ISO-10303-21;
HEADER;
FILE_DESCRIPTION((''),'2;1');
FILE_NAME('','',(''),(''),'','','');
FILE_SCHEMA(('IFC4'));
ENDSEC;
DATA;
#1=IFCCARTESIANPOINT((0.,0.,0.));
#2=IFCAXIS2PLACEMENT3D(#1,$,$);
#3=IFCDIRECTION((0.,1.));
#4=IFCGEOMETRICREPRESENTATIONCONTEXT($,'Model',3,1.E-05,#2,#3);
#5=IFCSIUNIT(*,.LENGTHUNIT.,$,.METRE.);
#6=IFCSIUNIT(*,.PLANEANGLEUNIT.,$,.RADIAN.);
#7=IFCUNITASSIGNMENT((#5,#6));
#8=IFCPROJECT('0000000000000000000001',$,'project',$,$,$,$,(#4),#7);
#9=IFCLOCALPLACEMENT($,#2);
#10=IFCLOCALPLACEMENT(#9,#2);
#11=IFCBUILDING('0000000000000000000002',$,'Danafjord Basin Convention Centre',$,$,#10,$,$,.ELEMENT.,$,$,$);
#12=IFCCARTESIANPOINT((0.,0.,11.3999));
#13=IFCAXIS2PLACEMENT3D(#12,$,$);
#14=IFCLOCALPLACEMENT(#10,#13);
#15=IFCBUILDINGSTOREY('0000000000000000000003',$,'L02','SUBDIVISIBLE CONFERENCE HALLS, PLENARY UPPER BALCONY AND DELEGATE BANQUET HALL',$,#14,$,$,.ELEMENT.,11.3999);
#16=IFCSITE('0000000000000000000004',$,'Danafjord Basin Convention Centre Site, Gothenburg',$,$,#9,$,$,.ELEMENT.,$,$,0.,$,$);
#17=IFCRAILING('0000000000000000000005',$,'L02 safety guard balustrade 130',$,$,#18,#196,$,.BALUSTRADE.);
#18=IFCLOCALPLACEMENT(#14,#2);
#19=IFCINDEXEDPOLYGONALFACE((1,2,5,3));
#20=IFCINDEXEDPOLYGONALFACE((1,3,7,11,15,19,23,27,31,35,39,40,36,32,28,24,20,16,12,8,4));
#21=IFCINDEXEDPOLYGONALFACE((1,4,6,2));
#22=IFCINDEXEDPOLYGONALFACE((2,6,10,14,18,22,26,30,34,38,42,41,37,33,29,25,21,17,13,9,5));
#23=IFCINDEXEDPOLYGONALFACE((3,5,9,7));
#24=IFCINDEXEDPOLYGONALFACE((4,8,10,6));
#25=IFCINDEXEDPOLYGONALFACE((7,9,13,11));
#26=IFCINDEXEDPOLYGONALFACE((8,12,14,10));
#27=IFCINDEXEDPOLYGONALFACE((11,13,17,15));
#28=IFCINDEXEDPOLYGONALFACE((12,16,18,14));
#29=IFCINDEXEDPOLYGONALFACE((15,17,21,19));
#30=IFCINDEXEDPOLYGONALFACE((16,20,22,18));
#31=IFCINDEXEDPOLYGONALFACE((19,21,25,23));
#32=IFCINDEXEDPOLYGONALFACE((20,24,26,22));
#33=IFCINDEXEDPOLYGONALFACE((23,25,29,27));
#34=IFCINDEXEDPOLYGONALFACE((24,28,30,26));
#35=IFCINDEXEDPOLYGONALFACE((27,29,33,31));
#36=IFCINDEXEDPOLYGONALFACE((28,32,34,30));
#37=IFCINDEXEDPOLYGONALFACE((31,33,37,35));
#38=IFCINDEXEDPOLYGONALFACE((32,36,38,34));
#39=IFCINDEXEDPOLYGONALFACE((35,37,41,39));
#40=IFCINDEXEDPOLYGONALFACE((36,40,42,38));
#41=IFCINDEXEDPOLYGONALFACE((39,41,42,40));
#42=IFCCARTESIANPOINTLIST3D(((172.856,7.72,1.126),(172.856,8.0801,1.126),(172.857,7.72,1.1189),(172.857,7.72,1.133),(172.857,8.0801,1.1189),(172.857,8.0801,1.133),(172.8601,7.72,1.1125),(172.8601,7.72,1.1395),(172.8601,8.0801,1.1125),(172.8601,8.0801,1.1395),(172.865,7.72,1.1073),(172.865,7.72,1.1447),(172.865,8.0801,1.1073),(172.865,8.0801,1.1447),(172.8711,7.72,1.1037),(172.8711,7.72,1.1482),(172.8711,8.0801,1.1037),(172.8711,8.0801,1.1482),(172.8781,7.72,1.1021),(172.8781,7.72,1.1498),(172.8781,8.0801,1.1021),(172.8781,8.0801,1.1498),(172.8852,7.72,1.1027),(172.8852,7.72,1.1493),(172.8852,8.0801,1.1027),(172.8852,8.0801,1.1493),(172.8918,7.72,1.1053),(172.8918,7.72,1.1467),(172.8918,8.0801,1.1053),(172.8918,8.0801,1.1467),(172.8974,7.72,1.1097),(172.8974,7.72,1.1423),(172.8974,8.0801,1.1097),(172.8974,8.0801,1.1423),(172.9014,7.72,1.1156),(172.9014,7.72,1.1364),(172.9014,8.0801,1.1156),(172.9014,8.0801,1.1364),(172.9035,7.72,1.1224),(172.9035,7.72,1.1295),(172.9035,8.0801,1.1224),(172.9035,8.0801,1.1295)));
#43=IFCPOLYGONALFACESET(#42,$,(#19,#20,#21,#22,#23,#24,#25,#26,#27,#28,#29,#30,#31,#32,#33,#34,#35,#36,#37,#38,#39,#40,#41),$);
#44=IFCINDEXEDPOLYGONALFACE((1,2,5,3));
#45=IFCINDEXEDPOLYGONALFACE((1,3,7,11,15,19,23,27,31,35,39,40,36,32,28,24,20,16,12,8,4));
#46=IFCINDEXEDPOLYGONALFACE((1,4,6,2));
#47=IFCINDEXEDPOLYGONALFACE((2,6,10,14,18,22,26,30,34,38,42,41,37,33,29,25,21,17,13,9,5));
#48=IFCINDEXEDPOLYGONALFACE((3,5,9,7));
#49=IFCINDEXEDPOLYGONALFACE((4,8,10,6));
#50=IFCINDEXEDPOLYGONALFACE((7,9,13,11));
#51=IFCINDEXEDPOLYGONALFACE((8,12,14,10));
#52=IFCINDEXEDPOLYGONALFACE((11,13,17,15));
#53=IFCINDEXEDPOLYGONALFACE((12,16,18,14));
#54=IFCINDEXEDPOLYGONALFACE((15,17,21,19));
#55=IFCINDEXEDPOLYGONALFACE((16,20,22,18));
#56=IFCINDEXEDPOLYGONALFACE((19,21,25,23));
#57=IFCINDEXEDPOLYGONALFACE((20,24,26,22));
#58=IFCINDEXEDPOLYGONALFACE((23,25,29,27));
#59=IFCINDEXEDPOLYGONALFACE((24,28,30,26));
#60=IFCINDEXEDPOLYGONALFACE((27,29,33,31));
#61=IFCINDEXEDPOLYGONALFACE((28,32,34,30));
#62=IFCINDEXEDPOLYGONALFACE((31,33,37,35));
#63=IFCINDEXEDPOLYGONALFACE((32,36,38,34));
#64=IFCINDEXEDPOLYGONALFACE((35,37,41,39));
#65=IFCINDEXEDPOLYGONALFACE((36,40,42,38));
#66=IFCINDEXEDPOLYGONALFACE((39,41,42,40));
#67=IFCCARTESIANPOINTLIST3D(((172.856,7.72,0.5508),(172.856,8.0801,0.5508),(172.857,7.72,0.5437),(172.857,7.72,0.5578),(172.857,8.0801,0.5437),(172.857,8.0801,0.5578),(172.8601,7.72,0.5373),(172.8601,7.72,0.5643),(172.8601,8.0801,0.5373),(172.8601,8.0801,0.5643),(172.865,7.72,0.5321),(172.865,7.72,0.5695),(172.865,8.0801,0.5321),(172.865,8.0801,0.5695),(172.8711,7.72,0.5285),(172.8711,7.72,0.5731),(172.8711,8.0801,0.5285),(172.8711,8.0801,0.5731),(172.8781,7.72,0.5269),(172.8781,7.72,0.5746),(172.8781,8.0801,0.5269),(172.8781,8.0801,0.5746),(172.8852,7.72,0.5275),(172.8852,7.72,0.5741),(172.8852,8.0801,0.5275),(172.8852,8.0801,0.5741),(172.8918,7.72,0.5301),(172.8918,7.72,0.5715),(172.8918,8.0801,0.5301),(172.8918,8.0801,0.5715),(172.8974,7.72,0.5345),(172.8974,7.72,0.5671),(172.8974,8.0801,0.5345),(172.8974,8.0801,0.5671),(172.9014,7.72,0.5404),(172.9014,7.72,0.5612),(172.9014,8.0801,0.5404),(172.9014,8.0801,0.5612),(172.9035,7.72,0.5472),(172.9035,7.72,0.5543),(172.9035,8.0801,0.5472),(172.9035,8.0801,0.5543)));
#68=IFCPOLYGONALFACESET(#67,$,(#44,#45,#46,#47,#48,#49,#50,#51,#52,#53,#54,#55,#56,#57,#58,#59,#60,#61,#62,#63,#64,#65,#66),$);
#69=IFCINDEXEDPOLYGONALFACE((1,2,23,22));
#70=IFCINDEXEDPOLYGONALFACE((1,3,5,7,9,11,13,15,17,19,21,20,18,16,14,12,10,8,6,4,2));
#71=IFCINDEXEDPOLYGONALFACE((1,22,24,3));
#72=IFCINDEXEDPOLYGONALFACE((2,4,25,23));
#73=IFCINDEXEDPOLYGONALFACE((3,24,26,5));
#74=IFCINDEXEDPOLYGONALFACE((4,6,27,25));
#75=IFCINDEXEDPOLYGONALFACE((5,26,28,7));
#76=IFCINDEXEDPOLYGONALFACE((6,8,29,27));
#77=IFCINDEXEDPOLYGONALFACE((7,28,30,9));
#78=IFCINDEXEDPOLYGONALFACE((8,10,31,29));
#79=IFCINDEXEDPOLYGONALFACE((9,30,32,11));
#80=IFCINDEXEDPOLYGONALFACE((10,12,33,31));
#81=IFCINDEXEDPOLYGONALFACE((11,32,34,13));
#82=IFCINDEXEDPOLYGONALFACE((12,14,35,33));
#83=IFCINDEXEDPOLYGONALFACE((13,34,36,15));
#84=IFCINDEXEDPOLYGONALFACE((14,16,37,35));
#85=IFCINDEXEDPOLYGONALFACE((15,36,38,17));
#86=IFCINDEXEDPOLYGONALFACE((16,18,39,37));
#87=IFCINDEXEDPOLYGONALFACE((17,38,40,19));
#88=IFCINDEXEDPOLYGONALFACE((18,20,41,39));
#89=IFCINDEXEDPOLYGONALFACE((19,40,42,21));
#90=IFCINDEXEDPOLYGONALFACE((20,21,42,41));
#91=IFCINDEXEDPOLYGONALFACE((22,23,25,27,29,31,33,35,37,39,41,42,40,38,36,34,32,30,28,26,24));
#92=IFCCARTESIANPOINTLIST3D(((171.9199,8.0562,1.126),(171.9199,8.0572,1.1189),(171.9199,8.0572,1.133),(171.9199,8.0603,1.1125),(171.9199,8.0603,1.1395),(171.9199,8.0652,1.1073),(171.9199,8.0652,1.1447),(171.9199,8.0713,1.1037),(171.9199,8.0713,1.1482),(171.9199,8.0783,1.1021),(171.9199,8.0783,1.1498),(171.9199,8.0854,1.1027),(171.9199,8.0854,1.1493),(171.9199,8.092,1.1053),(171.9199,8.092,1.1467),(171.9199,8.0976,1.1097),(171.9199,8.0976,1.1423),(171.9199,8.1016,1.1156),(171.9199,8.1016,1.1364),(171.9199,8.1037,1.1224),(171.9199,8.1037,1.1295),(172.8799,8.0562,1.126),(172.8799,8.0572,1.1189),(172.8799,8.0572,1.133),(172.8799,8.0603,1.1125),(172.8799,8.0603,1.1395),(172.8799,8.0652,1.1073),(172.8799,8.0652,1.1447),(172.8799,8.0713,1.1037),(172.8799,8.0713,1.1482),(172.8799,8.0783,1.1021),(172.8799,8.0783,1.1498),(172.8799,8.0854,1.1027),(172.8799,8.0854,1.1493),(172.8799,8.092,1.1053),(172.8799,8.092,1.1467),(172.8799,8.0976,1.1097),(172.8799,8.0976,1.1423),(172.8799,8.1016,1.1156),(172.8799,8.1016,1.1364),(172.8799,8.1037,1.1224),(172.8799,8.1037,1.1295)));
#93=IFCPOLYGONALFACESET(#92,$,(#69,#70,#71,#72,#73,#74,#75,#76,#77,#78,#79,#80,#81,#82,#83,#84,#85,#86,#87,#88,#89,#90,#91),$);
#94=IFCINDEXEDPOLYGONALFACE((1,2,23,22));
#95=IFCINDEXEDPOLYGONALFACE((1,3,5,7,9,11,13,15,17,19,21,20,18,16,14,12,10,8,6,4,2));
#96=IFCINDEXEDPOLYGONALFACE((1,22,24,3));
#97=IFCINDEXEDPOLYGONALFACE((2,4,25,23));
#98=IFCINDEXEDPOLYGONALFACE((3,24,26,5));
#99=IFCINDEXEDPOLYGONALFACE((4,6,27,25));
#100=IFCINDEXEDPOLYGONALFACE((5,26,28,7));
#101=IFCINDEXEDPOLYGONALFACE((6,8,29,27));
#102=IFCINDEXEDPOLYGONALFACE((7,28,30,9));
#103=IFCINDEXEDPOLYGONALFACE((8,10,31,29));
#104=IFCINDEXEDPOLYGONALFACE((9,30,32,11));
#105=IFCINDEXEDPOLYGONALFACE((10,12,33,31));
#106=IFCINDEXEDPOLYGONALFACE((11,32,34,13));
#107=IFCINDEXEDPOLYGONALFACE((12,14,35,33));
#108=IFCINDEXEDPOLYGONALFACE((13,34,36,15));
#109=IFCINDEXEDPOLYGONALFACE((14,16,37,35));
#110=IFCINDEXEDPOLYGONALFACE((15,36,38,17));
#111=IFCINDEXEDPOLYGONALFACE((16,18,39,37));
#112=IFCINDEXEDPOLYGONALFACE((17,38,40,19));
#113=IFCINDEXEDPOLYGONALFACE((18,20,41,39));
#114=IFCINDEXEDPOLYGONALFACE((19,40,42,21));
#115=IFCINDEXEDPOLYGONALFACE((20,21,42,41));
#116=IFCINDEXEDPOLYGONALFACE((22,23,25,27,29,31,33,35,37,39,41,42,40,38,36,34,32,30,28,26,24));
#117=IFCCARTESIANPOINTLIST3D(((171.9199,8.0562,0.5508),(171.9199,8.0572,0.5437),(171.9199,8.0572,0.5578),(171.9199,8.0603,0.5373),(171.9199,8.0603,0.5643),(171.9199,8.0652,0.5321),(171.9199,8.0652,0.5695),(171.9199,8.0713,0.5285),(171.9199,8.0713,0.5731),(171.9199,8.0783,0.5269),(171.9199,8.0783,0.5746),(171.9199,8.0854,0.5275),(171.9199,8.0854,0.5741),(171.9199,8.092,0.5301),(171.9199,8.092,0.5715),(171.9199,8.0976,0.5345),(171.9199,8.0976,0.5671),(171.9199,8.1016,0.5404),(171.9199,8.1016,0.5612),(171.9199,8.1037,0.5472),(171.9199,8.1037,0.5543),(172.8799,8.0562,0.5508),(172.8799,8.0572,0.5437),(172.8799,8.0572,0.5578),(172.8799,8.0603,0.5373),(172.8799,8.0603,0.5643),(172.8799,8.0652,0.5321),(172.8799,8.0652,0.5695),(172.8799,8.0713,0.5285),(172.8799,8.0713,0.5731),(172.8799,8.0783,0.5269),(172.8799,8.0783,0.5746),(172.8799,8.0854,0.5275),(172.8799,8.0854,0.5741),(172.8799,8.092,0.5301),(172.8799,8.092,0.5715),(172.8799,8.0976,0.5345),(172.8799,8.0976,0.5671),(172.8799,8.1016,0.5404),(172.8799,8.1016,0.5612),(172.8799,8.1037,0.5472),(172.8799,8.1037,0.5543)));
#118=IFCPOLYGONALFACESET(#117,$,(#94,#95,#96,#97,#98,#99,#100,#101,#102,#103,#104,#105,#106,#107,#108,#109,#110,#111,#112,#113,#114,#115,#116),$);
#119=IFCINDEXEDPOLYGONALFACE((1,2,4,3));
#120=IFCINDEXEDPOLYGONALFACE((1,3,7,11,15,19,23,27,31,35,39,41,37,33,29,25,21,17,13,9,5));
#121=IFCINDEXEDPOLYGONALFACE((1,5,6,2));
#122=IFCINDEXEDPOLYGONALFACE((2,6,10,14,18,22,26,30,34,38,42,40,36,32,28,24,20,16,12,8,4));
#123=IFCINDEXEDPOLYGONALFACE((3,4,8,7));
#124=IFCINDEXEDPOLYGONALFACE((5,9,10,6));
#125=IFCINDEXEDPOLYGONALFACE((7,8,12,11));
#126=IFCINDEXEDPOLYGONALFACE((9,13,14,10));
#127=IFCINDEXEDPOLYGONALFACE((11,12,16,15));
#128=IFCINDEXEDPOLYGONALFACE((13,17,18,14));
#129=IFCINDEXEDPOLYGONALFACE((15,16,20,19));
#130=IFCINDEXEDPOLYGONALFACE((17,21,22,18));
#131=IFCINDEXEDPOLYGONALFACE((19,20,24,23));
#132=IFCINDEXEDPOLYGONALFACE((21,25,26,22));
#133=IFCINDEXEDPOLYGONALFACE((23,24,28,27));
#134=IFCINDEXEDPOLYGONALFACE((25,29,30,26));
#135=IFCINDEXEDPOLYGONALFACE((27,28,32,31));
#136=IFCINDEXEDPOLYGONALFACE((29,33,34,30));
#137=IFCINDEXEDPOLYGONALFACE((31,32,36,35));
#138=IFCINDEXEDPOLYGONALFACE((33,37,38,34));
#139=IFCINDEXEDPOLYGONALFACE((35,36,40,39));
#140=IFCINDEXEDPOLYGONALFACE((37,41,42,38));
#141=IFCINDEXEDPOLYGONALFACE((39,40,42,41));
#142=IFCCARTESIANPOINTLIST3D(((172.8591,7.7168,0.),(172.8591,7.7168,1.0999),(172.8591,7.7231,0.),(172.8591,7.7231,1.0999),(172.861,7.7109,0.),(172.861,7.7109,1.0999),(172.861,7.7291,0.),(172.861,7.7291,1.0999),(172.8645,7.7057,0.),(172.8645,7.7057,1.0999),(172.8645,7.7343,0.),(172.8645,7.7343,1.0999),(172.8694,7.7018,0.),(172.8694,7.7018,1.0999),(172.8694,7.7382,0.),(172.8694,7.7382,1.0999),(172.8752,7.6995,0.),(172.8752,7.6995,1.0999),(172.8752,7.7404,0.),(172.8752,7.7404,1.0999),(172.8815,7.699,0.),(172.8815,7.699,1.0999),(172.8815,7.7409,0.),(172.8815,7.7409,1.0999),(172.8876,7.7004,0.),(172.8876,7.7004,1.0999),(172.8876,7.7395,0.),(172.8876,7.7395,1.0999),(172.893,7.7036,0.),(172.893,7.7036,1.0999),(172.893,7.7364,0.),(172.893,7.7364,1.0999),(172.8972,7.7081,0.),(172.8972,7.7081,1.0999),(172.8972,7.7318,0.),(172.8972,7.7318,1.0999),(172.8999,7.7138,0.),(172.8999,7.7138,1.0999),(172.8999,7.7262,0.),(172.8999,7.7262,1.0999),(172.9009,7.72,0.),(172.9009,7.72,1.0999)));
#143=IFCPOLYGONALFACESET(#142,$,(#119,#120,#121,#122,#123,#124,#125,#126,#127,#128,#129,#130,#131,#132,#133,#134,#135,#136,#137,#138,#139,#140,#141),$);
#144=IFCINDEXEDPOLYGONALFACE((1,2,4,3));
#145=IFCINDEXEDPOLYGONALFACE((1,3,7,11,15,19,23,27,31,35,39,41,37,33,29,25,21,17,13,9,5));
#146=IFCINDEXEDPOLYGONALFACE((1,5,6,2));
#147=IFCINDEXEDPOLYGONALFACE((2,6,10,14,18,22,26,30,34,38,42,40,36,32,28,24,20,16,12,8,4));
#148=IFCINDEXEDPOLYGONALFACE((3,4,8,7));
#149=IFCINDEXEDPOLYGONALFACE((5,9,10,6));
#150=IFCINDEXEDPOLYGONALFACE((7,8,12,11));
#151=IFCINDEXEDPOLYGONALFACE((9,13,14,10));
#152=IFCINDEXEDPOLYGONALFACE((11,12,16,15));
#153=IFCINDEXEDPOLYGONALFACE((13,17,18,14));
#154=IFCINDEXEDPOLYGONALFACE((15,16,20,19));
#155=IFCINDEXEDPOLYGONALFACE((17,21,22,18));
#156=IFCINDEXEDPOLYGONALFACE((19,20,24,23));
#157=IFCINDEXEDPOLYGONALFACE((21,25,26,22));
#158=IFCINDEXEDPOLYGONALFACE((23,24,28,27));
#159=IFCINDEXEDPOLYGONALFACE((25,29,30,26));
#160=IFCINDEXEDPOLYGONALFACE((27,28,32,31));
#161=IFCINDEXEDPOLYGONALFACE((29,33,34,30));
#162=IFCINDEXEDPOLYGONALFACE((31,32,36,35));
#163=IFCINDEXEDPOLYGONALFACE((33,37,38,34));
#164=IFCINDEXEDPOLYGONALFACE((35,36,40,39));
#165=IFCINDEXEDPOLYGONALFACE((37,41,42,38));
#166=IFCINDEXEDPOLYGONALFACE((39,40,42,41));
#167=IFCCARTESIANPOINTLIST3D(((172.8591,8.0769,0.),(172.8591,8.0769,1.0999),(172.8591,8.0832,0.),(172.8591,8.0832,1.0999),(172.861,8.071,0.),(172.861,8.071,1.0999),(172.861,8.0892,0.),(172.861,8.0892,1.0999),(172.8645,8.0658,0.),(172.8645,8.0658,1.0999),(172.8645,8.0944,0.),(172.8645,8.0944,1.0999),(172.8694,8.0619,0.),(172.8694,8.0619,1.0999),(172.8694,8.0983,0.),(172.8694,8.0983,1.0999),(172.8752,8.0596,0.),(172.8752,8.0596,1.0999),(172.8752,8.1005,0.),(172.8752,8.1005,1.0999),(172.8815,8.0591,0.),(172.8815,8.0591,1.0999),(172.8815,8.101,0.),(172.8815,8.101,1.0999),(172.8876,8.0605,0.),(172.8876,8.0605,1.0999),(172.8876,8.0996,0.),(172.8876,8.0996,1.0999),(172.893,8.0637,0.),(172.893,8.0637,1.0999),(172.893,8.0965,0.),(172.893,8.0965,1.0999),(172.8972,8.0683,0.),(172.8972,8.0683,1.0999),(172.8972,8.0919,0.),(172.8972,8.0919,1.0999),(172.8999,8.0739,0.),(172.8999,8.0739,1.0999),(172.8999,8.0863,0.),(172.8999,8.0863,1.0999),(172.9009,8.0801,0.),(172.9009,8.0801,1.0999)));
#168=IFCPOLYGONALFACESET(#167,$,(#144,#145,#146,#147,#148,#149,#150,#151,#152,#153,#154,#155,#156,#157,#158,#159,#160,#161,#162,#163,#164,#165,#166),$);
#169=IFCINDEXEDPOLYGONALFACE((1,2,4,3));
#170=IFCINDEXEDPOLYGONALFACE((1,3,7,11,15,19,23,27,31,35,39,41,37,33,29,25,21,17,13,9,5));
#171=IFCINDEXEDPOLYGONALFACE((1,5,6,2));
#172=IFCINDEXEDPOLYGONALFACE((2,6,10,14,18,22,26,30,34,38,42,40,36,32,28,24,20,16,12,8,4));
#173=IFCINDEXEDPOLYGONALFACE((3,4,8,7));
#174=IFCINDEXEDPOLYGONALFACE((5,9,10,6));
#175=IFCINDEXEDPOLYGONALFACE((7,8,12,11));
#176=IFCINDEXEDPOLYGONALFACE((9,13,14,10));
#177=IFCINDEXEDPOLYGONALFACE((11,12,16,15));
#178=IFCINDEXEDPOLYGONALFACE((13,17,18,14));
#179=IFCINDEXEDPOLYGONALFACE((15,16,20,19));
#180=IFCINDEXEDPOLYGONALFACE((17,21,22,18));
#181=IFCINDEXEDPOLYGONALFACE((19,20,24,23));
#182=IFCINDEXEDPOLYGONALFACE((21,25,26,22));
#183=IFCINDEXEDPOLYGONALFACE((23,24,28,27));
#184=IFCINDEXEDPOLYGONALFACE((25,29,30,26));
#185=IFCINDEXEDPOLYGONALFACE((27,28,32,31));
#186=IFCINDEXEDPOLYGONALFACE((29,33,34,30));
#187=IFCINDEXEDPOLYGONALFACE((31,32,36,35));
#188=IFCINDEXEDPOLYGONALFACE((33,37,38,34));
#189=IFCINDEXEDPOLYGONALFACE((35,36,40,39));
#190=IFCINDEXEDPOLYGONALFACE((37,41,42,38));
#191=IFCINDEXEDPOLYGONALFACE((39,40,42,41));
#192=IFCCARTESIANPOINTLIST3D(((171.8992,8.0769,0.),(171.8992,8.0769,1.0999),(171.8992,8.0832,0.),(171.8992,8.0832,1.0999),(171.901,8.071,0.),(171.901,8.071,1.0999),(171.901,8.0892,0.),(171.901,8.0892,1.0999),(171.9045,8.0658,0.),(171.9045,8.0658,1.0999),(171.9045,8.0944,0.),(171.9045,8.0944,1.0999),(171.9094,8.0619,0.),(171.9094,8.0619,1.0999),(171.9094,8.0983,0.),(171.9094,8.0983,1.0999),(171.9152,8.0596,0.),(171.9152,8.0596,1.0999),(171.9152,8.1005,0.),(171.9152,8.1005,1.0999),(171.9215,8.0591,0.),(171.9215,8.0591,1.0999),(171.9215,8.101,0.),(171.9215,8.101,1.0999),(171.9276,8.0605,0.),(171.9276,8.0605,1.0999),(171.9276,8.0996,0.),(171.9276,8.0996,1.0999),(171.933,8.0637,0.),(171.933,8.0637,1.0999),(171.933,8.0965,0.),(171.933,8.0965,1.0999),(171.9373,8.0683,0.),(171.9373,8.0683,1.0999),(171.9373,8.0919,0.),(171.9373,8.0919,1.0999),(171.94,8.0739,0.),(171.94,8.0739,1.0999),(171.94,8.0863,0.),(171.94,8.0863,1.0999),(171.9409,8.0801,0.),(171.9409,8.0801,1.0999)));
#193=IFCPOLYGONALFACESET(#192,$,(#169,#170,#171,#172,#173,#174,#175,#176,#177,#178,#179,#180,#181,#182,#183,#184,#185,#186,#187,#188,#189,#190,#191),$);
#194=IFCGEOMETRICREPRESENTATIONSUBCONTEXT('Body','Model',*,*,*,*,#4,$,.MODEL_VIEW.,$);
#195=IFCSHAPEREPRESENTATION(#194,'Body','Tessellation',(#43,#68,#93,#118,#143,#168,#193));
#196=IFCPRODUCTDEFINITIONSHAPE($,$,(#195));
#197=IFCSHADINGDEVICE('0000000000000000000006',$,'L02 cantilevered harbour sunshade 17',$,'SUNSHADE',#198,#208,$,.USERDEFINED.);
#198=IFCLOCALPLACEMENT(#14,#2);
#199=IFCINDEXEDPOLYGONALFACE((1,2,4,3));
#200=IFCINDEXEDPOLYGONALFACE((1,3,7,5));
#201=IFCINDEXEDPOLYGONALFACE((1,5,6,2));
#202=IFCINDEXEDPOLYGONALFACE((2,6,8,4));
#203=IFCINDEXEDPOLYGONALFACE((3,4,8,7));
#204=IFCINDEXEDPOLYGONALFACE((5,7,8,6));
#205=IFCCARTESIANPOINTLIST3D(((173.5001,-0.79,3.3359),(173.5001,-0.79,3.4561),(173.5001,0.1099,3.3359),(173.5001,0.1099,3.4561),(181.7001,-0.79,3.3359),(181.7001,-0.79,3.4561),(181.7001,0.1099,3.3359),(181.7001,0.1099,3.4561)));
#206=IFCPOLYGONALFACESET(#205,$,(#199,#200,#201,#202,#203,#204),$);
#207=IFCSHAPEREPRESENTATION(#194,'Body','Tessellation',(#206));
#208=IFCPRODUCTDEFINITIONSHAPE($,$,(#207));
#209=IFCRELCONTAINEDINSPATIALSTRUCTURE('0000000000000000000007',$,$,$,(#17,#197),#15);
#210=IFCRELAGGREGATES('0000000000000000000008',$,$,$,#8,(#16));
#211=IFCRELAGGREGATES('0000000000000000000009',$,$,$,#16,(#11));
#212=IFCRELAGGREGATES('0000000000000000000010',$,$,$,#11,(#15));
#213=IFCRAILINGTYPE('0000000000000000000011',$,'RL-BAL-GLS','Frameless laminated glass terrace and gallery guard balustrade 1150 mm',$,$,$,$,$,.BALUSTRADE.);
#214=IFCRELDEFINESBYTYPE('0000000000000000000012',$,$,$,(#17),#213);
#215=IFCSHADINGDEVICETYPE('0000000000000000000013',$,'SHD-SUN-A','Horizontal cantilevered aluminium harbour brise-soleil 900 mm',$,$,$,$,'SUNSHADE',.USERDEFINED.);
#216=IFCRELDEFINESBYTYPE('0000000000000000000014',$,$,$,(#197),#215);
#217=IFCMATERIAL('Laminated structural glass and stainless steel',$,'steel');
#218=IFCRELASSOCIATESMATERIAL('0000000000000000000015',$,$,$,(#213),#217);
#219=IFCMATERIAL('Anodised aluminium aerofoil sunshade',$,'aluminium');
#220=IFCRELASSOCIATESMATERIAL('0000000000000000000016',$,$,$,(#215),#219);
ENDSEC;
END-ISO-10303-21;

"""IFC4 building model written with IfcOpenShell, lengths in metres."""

from ifc_helpers import new_model, si_unit, direction, frame, origin, origin_2d, place, context, subcontext, project, spatial, rectangle, circle, extrude, material, type_object, element, save


model = new_model("IFC4")

# Units and contexts
model_context = context("Model", 3, precision=1e-05, world=origin(), true_north=direction((0.0, 1.0)))
body_context = subcontext(model_context, "Body", "Model", "MODEL_VIEW")
ifc_project = project(units=[si_unit("LENGTHUNIT", "METRE"), si_unit("PLANEANGLEUNIT", "RADIAN")], contexts=[model_context])

# Site, building, storey
site_placement = place(None, origin())
site = spatial("IfcSite", under=ifc_project, at=site_placement, Name="Danafjord Basin Convention Centre Site, Gothenburg", CompositionType="ELEMENT", RefElevation=0.0)
building_placement = place(site_placement, origin())
building = spatial("IfcBuilding", under=site, at=building_placement, Name="Danafjord Basin Convention Centre", CompositionType="ELEMENT")
storey_placement = place(building_placement, frame((0.0, 0.0, 11.3999)))
storey = spatial("IfcBuildingStorey", under=building, at=storey_placement, Name="L02", Description="SUBDIVISIBLE CONFERENCE HALLS, PLENARY UPPER BALCONY AND DELEGATE BANQUET HALL", CompositionType="ELEMENT", Elevation=11.3999)

# Railing
ifc_material_1 = material(Name="Laminated structural glass and stainless steel", Category="steel")
railing_type = type_object("IfcRailingType", Name="RL-BAL-GLS", Description="Frameless laminated glass terrace and gallery guard balustrade 1150 mm", PredefinedType="BALUSTRADE", material=ifc_material_1)
railing_placement = place(storey_placement, frame((172.8799, 7.72, 0.0)))
element("IfcRailing", 1, at=railing_placement, inside=storey, type_object=railing_type, Name="L02 safety guard balustrade 130", PredefinedType="BALUSTRADE", context=body_context, shape_type="SweptSolid", body=[
    extrude(circle(Radius=0.0239, at=origin_2d()), frame((0.0, 0.0, 1.126), z_axis=(0.0, 1.0, 0.0), x_axis=(-1.0, 0.0, 0.0)), (0.0, 0.0, 1.0), 0.3601),
    extrude(circle(Radius=0.0239, at=origin_2d()), frame((0.0, 0.0, 0.5508), z_axis=(0.0, 1.0, 0.0), x_axis=(-1.0, 0.0, 0.0)), (0.0, 0.0, 1.0), 0.3601),
    extrude(circle(Radius=0.0239, at=origin_2d()), frame((0.0, 0.3601, 1.126), z_axis=(-1.0, 0.0, 0.0), x_axis=(0.0, -1.0, 0.0)), (0.0, 0.0, 1.0), 0.96),
    extrude(circle(Radius=0.0239, at=origin_2d()), frame((0.0, 0.3601, 0.5508), z_axis=(-1.0, 0.0, 0.0), x_axis=(0.0, -1.0, 0.0)), (0.0, 0.0, 1.0), 0.96),
    extrude(circle(Radius=0.021, at=origin_2d()), origin(), (0.0, 0.0, 1.0), 1.0999),
    extrude(circle(Radius=0.021, at=origin_2d()), frame((0.0, 0.3601, 0.0)), (0.0, 0.0, 1.0), 1.0999),
    extrude(circle(Radius=0.021, at=origin_2d()), frame((-0.96, 0.3601, 0.0)), (0.0, 0.0, 1.0), 1.0999),
])

# Shading device
ifc_material_2 = material(Name="Anodised aluminium aerofoil sunshade", Category="aluminium")
shading_device_type = type_object("IfcShadingDeviceType", Name="SHD-SUN-A", Description="Horizontal cantilevered aluminium harbour brise-soleil 900 mm", ElementType="SUNSHADE", PredefinedType="USERDEFINED", material=ifc_material_2)
shading_device_placement = place(storey_placement, frame((177.6001, -0.3401, 3.3359), z_axis=(0.0, 0.0, 1.0), x_axis=(1.0, 0.0, 0.0)))
element("IfcShadingDevice", 2, at=shading_device_placement, inside=storey, type_object=shading_device_type, Name="L02 cantilevered harbour sunshade 17", ObjectType="SUNSHADE", PredefinedType="USERDEFINED", context=body_context, shape_type="SweptSolid", body=[
    extrude(rectangle(XDim=8.2, YDim=0.8999, at=origin_2d()), origin(), (0.0, 0.0, 1.0), 0.1201),
])

save(model, "model.ifc")
